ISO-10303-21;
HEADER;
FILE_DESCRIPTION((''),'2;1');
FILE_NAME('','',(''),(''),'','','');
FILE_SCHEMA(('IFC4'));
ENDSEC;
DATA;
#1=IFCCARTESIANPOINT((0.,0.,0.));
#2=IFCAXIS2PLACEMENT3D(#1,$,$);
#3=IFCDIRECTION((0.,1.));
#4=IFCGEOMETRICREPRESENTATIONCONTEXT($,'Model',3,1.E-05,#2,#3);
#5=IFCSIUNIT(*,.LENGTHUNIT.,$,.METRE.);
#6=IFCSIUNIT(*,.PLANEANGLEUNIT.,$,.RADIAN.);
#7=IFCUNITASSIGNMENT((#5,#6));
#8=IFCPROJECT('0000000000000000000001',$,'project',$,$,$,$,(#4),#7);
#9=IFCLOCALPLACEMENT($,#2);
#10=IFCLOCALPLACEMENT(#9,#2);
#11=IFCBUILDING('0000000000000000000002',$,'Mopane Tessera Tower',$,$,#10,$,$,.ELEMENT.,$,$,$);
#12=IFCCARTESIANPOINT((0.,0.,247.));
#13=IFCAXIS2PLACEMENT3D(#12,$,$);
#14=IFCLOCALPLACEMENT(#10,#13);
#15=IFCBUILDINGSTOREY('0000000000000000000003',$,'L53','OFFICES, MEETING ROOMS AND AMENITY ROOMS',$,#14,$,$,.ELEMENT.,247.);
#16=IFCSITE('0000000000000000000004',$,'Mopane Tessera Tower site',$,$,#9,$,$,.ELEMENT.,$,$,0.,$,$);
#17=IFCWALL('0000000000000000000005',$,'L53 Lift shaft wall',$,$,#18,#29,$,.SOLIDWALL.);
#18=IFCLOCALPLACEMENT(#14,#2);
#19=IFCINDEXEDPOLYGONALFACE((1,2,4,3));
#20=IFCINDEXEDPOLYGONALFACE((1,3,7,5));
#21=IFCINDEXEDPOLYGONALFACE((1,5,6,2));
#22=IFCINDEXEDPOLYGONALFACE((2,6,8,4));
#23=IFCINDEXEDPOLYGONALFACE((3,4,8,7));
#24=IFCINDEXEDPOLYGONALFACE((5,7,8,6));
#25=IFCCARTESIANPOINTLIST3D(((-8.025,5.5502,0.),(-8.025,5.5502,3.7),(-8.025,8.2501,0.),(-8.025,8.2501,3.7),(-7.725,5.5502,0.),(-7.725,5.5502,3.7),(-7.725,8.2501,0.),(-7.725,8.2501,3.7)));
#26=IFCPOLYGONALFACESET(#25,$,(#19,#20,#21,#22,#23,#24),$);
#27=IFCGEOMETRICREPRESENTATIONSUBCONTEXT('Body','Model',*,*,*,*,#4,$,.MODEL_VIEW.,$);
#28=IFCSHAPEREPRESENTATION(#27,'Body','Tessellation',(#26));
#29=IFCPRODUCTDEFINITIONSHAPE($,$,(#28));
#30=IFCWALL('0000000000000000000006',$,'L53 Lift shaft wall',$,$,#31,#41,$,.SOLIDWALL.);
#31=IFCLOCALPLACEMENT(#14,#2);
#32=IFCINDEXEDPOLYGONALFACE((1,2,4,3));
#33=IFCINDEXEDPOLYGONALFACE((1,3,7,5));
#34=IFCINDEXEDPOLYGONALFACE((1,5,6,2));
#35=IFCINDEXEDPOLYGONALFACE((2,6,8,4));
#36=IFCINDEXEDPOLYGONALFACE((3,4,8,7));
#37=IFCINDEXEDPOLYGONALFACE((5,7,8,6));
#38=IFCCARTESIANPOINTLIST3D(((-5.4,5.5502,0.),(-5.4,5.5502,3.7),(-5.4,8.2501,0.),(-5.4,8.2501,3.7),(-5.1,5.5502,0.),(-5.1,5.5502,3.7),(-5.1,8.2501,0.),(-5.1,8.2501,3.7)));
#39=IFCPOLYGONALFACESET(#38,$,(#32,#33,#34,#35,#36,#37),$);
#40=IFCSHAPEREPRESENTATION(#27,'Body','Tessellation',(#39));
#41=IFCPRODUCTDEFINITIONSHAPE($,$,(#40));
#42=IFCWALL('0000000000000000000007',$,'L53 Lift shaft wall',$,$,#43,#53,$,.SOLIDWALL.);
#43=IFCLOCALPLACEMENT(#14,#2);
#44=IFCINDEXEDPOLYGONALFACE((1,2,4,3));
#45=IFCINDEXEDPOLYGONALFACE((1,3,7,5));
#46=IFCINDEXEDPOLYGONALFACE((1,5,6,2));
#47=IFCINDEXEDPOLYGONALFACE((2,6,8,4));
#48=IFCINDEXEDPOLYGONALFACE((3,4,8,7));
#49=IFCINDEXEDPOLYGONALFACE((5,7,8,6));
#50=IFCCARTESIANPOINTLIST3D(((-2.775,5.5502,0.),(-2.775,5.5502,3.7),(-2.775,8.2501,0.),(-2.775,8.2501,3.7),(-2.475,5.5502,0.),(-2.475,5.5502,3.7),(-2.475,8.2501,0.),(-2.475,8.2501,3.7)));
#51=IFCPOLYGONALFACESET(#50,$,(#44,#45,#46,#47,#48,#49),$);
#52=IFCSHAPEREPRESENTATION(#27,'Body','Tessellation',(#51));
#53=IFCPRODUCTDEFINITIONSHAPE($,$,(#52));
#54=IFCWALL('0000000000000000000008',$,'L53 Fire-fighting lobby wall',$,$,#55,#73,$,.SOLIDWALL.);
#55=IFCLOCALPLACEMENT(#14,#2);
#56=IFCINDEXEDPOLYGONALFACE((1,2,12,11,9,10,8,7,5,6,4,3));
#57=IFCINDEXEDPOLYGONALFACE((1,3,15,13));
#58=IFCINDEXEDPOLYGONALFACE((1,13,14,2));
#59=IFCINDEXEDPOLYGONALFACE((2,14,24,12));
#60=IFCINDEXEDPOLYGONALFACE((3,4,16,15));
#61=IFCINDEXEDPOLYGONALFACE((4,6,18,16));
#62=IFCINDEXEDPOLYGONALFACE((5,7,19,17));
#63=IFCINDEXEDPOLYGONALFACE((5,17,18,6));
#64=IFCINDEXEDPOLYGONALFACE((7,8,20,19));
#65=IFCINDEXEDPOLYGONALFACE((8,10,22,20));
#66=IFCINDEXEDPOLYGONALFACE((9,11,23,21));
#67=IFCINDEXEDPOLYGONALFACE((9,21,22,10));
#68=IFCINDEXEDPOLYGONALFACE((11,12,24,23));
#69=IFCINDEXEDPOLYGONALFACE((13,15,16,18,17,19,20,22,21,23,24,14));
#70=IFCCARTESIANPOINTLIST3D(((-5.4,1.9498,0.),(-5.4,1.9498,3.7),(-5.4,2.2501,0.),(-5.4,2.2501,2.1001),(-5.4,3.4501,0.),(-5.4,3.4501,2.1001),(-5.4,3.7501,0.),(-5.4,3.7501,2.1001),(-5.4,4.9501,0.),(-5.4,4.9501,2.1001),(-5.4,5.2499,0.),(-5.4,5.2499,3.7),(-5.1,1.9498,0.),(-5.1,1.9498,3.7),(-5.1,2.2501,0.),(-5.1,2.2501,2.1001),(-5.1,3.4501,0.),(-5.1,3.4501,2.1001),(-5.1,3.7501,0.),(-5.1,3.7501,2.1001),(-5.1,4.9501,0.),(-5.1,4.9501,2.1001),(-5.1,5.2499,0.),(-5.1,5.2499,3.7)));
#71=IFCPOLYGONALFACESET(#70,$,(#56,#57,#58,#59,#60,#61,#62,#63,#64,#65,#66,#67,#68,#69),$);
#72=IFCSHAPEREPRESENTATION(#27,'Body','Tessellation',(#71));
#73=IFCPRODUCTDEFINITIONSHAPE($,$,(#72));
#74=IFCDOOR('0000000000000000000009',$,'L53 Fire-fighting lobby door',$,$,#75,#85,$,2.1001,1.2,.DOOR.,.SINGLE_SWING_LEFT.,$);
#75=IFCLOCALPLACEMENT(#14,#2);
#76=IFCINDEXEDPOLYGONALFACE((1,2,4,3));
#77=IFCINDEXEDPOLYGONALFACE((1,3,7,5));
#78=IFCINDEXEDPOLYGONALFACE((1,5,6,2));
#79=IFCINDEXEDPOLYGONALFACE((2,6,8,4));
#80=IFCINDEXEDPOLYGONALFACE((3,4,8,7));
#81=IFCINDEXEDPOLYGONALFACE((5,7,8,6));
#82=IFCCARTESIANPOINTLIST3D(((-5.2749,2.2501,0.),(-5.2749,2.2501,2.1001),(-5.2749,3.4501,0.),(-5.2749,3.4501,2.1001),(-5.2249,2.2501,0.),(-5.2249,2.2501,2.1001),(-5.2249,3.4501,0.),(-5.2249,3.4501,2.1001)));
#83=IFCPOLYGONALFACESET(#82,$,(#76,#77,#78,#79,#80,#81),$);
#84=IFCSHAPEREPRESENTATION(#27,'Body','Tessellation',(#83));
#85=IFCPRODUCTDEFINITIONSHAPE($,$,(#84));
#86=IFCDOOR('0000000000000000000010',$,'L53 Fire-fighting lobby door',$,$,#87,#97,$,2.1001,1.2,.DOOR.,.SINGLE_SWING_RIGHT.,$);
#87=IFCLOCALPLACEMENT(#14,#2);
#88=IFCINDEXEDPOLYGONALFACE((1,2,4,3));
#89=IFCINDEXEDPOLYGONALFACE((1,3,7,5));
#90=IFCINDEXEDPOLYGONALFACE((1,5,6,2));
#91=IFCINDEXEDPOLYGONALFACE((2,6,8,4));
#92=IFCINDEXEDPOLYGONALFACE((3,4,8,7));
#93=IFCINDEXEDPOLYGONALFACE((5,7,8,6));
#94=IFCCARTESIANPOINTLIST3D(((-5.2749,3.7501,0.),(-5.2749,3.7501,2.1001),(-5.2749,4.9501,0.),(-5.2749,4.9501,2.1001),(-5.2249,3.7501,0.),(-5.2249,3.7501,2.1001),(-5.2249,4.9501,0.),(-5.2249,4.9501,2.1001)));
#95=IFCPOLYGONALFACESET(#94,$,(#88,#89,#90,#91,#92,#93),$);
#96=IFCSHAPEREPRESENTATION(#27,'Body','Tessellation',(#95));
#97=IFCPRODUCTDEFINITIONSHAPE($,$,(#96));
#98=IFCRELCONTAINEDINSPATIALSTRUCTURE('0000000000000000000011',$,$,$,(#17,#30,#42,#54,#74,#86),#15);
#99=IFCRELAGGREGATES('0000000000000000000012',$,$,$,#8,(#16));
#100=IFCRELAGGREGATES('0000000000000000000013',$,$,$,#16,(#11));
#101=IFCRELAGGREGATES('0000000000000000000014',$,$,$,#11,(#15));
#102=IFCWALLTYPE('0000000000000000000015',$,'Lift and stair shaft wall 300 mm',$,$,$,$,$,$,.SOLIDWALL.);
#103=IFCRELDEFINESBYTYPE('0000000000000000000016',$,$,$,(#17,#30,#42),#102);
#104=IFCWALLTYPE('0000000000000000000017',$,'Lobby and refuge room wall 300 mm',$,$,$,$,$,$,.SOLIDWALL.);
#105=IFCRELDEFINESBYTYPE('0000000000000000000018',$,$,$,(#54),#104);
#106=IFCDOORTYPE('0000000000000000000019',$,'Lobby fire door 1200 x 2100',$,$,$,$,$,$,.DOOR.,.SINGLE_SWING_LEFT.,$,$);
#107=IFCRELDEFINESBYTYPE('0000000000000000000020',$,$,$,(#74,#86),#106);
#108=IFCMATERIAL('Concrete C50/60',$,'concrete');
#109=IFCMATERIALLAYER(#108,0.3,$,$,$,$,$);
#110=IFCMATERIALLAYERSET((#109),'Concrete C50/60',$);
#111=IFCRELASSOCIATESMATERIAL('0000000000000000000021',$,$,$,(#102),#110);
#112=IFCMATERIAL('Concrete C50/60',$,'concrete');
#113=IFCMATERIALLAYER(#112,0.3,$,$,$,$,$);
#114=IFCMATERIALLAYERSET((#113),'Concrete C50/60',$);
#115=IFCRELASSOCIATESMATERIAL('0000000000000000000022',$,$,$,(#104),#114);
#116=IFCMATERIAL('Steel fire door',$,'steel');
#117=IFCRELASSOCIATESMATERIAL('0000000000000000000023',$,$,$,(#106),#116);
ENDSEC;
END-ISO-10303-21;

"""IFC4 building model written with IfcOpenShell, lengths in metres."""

from ifc_helpers import new_model, si_unit, direction, frame, frame_2d, origin, place, context, subcontext, project, spatial, rectangle, extrude, material, layer, layer_set, type_object, element, fill, save


model = new_model("IFC4")

# Units and contexts
model_context = context("Model", 3, precision=1e-05, world=origin(), true_north=direction((0.0, 1.0)))
body_context = subcontext(model_context, "Body", "Model", "MODEL_VIEW")
ifc_project = project(units=[si_unit("LENGTHUNIT", "METRE"), si_unit("PLANEANGLEUNIT", "RADIAN")], contexts=[model_context])

# Site, building, storey
site_placement = place(None, origin())
site = spatial("IfcSite", under=ifc_project, at=site_placement, Name="Mopane Tessera Tower site", CompositionType="ELEMENT", RefElevation=0.0)
building_placement = place(site_placement, origin())
building = spatial("IfcBuilding", under=site, at=building_placement, Name="Mopane Tessera Tower", CompositionType="ELEMENT")
storey_placement = place(building_placement, frame((0.0, 0.0, 247.0)))
storey = spatial("IfcBuildingStorey", under=building, at=storey_placement, Name="L53", Description="OFFICES, MEETING ROOMS AND AMENITY ROOMS", CompositionType="ELEMENT", Elevation=247.0)

# Shared definitions
ifc_material_1 = material(Name="Concrete C50/60", Category="concrete")
ifc_layer_1 = layer(ifc_material_1, 0.3)
ifc_layer_set_1 = layer_set([ifc_layer_1], Name="Concrete C50/60")
wall_type_1 = type_object("IfcWallType", Name="Lift and stair shaft wall 300 mm", PredefinedType="SOLIDWALL", material=ifc_layer_set_1)

# Walls
for number, where, z_axis, x_axis, name in (
    (1, (-7.875, 5.55, 0.0), (0.0, 0.0, 1.0), (0.0, 1.0, 0.0), "L53 Lift shaft wall"),
    (2, (-5.25, 5.55, 0.0), (0.0, 0.0, 1.0), (0.0, 1.0, 0.0), "L53 Lift shaft wall"),
    (3, (-2.625, 5.55, 0.0), (0.0, 0.0, 1.0), (0.0, 1.0, 0.0), "L53 Lift shaft wall"),
):
    element("IfcWall", number, at=place(storey_placement, frame(where, z_axis=z_axis, x_axis=x_axis)), inside=storey, type_object=wall_type_1, Name=name, PredefinedType="SOLIDWALL", context=body_context, shape_type="SweptSolid", body=[
        extrude(rectangle(XDim=2.7, YDim=0.3, at=frame_2d((1.3501, 0.0))), origin(), (0.0, 0.0, 1.0), 3.7),
    ])

# Wall, openings, doors
ifc_material_2 = material(Name="Concrete C50/60", Category="concrete")
ifc_layer_2 = layer(ifc_material_2, 0.3)
ifc_layer_set_2 = layer_set([ifc_layer_2], Name="Concrete C50/60")
wall_type_2 = type_object("IfcWallType", Name="Lobby and refuge room wall 300 mm", PredefinedType="SOLIDWALL", material=ifc_layer_set_2)
wall_1_placement = place(storey_placement, frame((-5.25, 1.95, 0.0), z_axis=(0.0, 0.0, 1.0), x_axis=(0.0, 1.0, 0.0)))
wall_1 = element("IfcWall", 4, at=wall_1_placement, inside=storey, type_object=wall_type_2, Name="L53 Fire-fighting lobby wall", PredefinedType="SOLIDWALL", context=body_context, shape_type="SweptSolid", body=[
    extrude(rectangle(XDim=3.3, YDim=0.3, at=frame_2d((1.6499, 0.0))), origin(), (0.0, 0.0, 1.0), 3.7),
])
opening_1_placement = place(wall_1_placement, frame((0.3, 0.0, 0.0)))
opening_1 = element("IfcOpeningElement", 5, at=opening_1_placement, cuts=wall_1, PredefinedType="OPENING", context=body_context, shape_type="SweptSolid", body=[
    extrude(rectangle(XDim=1.2, YDim=2.1001, at=frame_2d((0.6001, 1.05))), frame((0.0, 0.1621, 0.0), z_axis=(0.0, -1.0, 0.0), x_axis=(1.0, 0.0, 0.0)), (0.0, 0.0, 1.0), 0.324),
])
opening_2_placement = place(wall_1_placement, frame((1.8, 0.0, 0.0)))
opening_2 = element("IfcOpeningElement", 6, at=opening_2_placement, cuts=wall_1, PredefinedType="OPENING", context=body_context, shape_type="SweptSolid", body=[
    extrude(rectangle(XDim=1.2, YDim=2.1001, at=frame_2d((0.6001, 1.05))), frame((0.0, 0.1621, 0.0), z_axis=(0.0, -1.0, 0.0), x_axis=(1.0, 0.0, 0.0)), (0.0, 0.0, 1.0), 0.324),
])
ifc_material_3 = material(Name="Steel fire door", Category="steel")
door_type_1 = type_object("IfcDoorType", Name="Lobby fire door 1200 x 2100", OperationType="SINGLE_SWING_LEFT", PredefinedType="DOOR", material=ifc_material_3)
door_1_placement = place(opening_1_placement, origin())
door_1 = element("IfcDoor", 7, at=door_1_placement, inside=storey, type_object=door_type_1, Name="L53 Fire-fighting lobby door", OperationType="SINGLE_SWING_LEFT", OverallHeight=2.1001, OverallWidth=1.2, PredefinedType="DOOR", context=body_context, shape_type="SweptSolid", body=[
    extrude(rectangle(XDim=1.2, YDim=2.1001, at=frame_2d((0.6001, 1.05))), frame((0.0, 0.0249, 0.0), z_axis=(0.0, -1.0, 0.0), x_axis=(1.0, 0.0, 0.0)), (0.0, 0.0, 1.0), 0.05),
])
fill(opening_1, door_1)
door_2_placement = place(opening_2_placement, origin())
door_2 = element("IfcDoor", 8, at=door_2_placement, inside=storey, type_object=door_type_1, Name="L53 Fire-fighting lobby door", OperationType="SINGLE_SWING_RIGHT", OverallHeight=2.1001, OverallWidth=1.2, PredefinedType="DOOR", context=body_context, shape_type="SweptSolid", body=[
    extrude(rectangle(XDim=1.2, YDim=2.1001, at=frame_2d((0.6001, 1.05))), frame((0.0, 0.0249, 0.0), z_axis=(0.0, -1.0, 0.0), x_axis=(1.0, 0.0, 0.0)), (0.0, 0.0, 1.0), 0.05),
])
fill(opening_2, door_2)

save(model, "model.ifc")
